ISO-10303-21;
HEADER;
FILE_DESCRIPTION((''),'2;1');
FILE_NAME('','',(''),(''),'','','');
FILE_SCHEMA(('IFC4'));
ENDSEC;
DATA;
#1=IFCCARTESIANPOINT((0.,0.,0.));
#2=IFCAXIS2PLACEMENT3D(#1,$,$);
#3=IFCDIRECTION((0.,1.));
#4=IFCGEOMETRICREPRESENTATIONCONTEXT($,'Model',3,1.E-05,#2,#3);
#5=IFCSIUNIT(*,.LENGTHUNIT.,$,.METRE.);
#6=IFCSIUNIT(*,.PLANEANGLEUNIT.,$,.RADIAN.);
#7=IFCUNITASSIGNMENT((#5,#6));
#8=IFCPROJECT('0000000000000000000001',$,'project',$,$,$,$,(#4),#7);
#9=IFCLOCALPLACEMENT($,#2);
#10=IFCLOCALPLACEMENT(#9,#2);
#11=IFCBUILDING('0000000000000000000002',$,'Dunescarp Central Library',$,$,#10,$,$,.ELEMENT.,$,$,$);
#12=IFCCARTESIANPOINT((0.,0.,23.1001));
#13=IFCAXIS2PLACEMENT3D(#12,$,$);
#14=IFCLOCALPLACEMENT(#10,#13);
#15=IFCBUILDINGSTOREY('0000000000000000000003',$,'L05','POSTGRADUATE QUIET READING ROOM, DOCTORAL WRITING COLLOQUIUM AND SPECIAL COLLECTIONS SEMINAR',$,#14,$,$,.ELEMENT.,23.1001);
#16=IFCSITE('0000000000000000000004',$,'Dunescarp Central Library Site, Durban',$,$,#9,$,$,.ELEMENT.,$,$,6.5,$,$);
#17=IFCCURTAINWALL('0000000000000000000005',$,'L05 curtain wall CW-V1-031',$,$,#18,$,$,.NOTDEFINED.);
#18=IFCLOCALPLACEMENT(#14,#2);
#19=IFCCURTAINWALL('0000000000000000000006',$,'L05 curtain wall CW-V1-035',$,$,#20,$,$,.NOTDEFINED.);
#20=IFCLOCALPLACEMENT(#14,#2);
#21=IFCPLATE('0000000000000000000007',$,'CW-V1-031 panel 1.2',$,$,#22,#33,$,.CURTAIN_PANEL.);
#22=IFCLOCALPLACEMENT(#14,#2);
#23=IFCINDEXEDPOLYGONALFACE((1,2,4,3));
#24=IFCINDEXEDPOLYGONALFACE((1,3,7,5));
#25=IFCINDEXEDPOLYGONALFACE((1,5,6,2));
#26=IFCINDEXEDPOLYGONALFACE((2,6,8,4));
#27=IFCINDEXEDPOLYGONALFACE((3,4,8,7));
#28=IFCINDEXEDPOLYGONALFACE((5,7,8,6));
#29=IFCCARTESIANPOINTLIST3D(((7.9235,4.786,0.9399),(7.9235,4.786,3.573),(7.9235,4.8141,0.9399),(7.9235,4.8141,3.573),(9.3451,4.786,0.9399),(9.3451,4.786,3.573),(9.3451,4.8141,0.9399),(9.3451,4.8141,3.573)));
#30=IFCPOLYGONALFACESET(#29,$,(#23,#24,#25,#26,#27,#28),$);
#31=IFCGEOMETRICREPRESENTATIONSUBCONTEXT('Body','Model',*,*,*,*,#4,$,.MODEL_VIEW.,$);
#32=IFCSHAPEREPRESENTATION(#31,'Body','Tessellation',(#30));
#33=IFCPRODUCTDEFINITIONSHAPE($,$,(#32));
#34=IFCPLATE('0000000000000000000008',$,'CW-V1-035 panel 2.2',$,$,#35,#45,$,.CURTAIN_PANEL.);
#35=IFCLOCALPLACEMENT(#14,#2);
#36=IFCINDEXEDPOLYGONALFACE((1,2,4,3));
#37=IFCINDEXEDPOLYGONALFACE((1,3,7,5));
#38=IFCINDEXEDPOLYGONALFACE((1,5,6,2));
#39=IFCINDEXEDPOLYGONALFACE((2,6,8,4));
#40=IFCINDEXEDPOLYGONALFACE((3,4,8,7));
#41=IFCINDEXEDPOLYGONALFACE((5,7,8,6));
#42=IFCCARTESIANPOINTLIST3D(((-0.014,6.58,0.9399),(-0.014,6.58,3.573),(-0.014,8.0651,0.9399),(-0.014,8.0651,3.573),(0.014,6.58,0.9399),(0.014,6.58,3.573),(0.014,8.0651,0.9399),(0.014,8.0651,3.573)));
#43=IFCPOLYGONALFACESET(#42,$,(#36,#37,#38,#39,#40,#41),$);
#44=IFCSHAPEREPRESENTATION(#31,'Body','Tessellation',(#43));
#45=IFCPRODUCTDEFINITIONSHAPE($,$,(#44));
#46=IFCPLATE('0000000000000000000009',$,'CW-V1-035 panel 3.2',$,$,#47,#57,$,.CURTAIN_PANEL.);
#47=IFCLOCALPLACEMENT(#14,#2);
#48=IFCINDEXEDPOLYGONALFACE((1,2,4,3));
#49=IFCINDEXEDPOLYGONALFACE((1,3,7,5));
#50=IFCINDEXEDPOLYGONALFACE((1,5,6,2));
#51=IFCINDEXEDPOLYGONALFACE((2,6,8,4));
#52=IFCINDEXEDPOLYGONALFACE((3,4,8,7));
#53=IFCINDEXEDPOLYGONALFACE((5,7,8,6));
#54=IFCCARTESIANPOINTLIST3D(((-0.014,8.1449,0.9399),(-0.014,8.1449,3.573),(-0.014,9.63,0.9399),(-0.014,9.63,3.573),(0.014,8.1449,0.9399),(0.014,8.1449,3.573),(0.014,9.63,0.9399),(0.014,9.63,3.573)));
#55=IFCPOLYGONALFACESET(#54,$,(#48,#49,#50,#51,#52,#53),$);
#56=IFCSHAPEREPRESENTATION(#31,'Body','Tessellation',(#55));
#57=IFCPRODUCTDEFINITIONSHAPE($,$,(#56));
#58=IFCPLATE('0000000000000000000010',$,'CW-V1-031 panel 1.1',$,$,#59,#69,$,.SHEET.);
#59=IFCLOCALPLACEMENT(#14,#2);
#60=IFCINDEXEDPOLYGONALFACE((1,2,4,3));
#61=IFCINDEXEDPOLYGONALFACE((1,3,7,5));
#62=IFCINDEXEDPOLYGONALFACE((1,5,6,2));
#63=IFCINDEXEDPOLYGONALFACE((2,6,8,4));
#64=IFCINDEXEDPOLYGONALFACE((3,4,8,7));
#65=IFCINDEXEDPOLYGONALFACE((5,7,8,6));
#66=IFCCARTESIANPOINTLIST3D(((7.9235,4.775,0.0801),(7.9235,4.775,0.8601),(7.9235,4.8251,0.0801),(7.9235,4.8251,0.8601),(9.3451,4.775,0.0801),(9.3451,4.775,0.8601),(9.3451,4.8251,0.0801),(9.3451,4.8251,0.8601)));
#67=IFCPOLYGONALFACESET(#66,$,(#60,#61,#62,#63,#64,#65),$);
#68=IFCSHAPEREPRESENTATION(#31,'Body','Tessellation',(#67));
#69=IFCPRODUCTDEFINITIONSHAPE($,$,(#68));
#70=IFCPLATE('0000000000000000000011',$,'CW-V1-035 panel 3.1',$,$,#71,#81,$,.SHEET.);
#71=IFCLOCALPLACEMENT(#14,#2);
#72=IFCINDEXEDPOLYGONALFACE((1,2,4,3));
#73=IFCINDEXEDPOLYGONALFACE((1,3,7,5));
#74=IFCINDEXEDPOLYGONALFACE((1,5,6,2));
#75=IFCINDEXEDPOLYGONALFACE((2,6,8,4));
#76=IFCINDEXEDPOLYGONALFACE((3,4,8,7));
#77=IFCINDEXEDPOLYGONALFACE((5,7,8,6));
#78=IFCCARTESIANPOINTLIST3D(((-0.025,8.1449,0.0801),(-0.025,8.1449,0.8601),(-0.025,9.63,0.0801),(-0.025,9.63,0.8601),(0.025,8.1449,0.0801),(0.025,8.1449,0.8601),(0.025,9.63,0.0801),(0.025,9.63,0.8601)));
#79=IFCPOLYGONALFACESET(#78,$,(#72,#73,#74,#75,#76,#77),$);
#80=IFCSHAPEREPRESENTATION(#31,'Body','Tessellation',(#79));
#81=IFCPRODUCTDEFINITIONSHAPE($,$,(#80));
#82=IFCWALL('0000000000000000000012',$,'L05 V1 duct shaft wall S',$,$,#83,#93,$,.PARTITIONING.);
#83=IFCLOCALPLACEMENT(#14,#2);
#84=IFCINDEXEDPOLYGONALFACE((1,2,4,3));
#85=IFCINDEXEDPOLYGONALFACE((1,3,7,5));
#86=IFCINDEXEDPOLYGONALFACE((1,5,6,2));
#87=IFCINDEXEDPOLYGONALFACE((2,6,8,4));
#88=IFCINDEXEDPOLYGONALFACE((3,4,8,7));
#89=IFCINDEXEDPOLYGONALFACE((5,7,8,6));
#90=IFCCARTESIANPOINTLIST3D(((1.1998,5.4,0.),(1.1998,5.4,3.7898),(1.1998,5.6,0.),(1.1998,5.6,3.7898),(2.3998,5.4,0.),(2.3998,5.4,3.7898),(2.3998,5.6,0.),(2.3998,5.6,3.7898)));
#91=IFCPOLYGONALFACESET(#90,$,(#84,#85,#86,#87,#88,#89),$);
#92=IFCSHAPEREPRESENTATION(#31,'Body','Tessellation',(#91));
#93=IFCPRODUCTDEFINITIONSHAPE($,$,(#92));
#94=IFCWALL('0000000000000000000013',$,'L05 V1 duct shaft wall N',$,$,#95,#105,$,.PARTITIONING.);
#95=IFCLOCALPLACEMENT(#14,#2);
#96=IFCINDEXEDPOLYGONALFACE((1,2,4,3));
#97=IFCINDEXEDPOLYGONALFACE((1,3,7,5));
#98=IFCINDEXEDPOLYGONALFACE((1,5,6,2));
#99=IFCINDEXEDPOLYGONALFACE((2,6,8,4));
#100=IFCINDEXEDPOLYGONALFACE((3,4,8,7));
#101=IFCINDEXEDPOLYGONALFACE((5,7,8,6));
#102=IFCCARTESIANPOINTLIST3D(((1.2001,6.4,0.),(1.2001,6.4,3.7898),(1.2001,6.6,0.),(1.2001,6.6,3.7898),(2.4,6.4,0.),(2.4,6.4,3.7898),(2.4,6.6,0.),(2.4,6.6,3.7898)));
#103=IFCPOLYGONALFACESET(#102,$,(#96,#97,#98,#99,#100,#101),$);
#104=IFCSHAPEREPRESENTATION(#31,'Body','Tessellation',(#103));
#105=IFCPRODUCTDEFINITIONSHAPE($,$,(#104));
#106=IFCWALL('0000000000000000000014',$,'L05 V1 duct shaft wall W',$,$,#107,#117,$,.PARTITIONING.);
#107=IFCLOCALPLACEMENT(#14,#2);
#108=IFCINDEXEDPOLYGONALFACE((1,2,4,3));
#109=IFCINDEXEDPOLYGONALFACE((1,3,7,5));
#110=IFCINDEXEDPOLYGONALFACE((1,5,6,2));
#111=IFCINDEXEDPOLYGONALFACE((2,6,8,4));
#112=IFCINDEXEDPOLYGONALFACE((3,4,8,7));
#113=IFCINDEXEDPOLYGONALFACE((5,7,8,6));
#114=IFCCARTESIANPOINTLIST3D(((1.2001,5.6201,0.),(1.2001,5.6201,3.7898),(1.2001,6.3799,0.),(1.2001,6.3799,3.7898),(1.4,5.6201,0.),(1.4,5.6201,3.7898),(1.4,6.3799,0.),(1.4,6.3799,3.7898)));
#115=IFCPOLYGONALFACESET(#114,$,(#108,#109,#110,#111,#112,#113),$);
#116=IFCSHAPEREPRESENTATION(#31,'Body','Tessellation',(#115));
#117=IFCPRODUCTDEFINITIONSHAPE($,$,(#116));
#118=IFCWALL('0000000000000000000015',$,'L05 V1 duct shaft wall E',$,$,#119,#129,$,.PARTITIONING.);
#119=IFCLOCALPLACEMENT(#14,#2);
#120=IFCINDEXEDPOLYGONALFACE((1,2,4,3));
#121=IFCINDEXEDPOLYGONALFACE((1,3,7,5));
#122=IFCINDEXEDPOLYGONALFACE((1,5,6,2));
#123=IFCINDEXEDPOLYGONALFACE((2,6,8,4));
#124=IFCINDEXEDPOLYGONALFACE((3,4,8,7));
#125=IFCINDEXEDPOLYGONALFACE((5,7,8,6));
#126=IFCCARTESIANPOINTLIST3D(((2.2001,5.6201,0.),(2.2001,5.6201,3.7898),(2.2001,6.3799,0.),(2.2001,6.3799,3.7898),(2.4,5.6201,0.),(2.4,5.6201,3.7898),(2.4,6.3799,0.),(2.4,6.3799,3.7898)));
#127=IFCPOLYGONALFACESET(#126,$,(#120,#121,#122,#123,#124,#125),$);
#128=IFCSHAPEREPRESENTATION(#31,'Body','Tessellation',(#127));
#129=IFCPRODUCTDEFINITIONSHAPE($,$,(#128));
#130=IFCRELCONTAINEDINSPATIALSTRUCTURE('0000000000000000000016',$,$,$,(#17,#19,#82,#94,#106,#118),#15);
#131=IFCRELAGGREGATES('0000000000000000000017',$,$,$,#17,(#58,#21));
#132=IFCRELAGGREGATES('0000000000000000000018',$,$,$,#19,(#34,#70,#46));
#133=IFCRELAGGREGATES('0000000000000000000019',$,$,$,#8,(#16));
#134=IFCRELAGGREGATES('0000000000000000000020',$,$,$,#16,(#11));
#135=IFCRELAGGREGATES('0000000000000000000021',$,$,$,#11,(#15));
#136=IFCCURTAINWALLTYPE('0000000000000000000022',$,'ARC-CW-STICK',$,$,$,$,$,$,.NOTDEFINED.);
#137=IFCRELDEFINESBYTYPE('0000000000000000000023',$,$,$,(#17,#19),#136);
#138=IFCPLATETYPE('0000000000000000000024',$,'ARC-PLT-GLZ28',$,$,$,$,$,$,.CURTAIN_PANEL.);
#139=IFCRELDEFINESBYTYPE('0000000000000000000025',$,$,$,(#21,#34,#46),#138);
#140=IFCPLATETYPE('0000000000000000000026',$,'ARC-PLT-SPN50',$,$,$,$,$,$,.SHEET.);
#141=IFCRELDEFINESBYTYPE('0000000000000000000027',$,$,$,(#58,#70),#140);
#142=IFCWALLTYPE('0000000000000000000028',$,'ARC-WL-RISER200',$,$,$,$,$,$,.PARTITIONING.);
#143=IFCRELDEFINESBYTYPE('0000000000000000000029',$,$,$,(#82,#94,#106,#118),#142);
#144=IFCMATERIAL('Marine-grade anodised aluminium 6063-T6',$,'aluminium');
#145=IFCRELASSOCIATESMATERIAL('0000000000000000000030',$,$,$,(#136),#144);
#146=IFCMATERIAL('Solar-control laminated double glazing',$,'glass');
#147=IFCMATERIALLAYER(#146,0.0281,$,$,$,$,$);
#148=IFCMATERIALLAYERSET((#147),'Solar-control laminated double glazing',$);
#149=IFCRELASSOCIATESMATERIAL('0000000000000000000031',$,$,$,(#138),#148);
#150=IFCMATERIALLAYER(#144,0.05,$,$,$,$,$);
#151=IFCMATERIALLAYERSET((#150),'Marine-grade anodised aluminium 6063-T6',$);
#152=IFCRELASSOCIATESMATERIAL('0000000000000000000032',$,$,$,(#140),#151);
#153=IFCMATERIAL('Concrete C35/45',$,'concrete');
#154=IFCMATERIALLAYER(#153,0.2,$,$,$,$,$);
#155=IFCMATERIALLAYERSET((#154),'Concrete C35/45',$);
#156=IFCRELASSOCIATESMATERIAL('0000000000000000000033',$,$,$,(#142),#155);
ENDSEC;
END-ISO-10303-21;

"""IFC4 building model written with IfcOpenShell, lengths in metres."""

from ifc_helpers import new_model, si_unit, direction, frame, frame_2d, origin, origin_2d, place, context, subcontext, project, spatial, rectangle, extrude, material, layer, layer_set, type_object, element, aggregate, save


model = new_model("IFC4")

# Units and contexts
model_context = context("Model", 3, precision=1e-05, world=origin(), true_north=direction((0.0, 1.0)))
body_context = subcontext(model_context, "Body", "Model", "MODEL_VIEW")
ifc_project = project(units=[si_unit("LENGTHUNIT", "METRE"), si_unit("PLANEANGLEUNIT", "RADIAN")], contexts=[model_context])

# Site, building, storey
site_placement = place(None, origin())
site = spatial("IfcSite", under=ifc_project, at=site_placement, Name="Dunescarp Central Library Site, Durban", CompositionType="ELEMENT", RefElevation=6.5)
building_placement = place(site_placement, origin())
building = spatial("IfcBuilding", under=site, at=building_placement, Name="Dunescarp Central Library", CompositionType="ELEMENT")
storey_placement = place(building_placement, frame((0.0, 0.0, 23.1001)))
storey = spatial("IfcBuildingStorey", under=building, at=storey_placement, Name="L05", Description="POSTGRADUATE QUIET READING ROOM, DOCTORAL WRITING COLLOQUIUM AND SPECIAL COLLECTIONS SEMINAR", CompositionType="ELEMENT", Elevation=23.1001)

# Curtain walls
ifc_material_1 = material(Name="Marine-grade anodised aluminium 6063-T6", Category="aluminium")
curtain_wall_type = type_object("IfcCurtainWallType", Name="ARC-CW-STICK", PredefinedType="NOTDEFINED", material=ifc_material_1)
curtain_wall_1_placement = place(storey_placement, origin())
curtain_wall_1 = element("IfcCurtainWall", 1, at=curtain_wall_1_placement, inside=storey, type_object=curtain_wall_type, Name="L05 curtain wall CW-V1-031", PredefinedType="NOTDEFINED")
curtain_wall_2_placement = place(storey_placement, origin())
curtain_wall_2 = element("IfcCurtainWall", 2, at=curtain_wall_2_placement, inside=storey, type_object=curtain_wall_type, Name="L05 curtain wall CW-V1-035", PredefinedType="NOTDEFINED")

# Plates
ifc_material_2 = material(Name="Solar-control laminated double glazing", Category="glass")
ifc_layer_1 = layer(ifc_material_2, 0.0281)
ifc_layer_set_1 = layer_set([ifc_layer_1], Name="Solar-control laminated double glazing")
plate_type_1 = type_object("IfcPlateType", Name="ARC-PLT-GLZ28", PredefinedType="CURTAIN_PANEL", material=ifc_layer_set_1)
plate_1_placement = place(storey_placement, frame((8.6343, 4.8, 0.9399), z_axis=(0.0, 0.0, 1.0), x_axis=(-1.0, 0.0, 0.0)))
plate_1 = element("IfcPlate", 3, at=plate_1_placement, type_object=plate_type_1, Name="CW-V1-031 panel 1.2", PredefinedType="CURTAIN_PANEL", context=body_context, shape_type="SweptSolid", body=[
    extrude(rectangle(XDim=1.4216, YDim=0.0281, at=origin_2d()), origin(), (0.0, 0.0, 1.0), 2.6331),
])
plate_2_placement = place(storey_placement, frame((0.0, 7.3225, 0.9399), z_axis=(0.0, 0.0, 1.0), x_axis=(0.0, 1.0, 0.0)))
plate_2 = element("IfcPlate", 4, at=plate_2_placement, type_object=plate_type_1, Name="CW-V1-035 panel 2.2", PredefinedType="CURTAIN_PANEL", context=body_context, shape_type="SweptSolid", body=[
    extrude(rectangle(XDim=1.4851, YDim=0.0281, at=origin_2d()), origin(), (0.0, 0.0, 1.0), 2.6331),
])
plate_3_placement = place(storey_placement, frame((0.0, 8.8875, 0.9399), z_axis=(0.0, 0.0, 1.0), x_axis=(0.0, 1.0, 0.0)))
plate_3 = element("IfcPlate", 5, at=plate_3_placement, type_object=plate_type_1, Name="CW-V1-035 panel 3.2", PredefinedType="CURTAIN_PANEL", context=body_context, shape_type="SweptSolid", body=[
    extrude(rectangle(XDim=1.4851, YDim=0.0281, at=origin_2d()), origin(), (0.0, 0.0, 1.0), 2.6331),
])
ifc_layer_2 = layer(ifc_material_1, 0.05)
ifc_layer_set_2 = layer_set([ifc_layer_2], Name="Marine-grade anodised aluminium 6063-T6")
plate_type_2 = type_object("IfcPlateType", Name="ARC-PLT-SPN50", PredefinedType="SHEET", material=ifc_layer_set_2)
plate_4_placement = place(storey_placement, frame((8.6343, 4.8, 0.0801), z_axis=(0.0, 0.0, 1.0), x_axis=(-1.0, 0.0, 0.0)))
plate_4 = element("IfcPlate", 6, at=plate_4_placement, type_object=plate_type_2, Name="CW-V1-031 panel 1.1", PredefinedType="SHEET", context=body_context, shape_type="SweptSolid", body=[
    extrude(rectangle(XDim=1.4216, YDim=0.05, at=origin_2d()), origin(), (0.0, 0.0, 1.0), 0.78),
])
aggregate(curtain_wall_1, [plate_4, plate_1])
plate_5_placement = place(storey_placement, frame((0.0, 8.8875, 0.0801), z_axis=(0.0, 0.0, 1.0), x_axis=(0.0, 1.0, 0.0)))
plate_5 = element("IfcPlate", 7, at=plate_5_placement, type_object=plate_type_2, Name="CW-V1-035 panel 3.1", PredefinedType="SHEET", context=body_context, shape_type="SweptSolid", body=[
    extrude(rectangle(XDim=1.4851, YDim=0.05, at=origin_2d()), origin(), (0.0, 0.0, 1.0), 0.78),
])
aggregate(curtain_wall_2, [plate_2, plate_5, plate_3])

# Walls
ifc_material_3 = material(Name="Concrete C35/45", Category="concrete")
ifc_layer_3 = layer(ifc_material_3, 0.2)
ifc_layer_set_3 = layer_set([ifc_layer_3], Name="Concrete C35/45")
wall_type = type_object("IfcWallType", Name="ARC-WL-RISER200", PredefinedType="PARTITIONING", material=ifc_layer_set_3)
for number, where, z_axis, x_axis, name in (
    (8, (2.3999, 5.5, 0.0), (0.0, 0.0, 1.0), (-1.0, 0.0, 0.0), "L05 V1 duct shaft wall S"),
    (9, (1.2, 6.5, 0.0), (0.0, 0.0, 1.0), (1.0, 0.0, 0.0), "L05 V1 duct shaft wall N"),
):
    element("IfcWall", number, at=place(storey_placement, frame(where, z_axis=z_axis, x_axis=x_axis)), inside=storey, type_object=wall_type, Name=name, PredefinedType="PARTITIONING", context=body_context, shape_type="SweptSolid", body=[
        extrude(rectangle(XDim=1.2, YDim=0.2, at=frame_2d((0.6001, 0.0))), origin(), (0.0, 0.0, 1.0), 3.7898),
    ])
for number, where, z_axis, x_axis, name in (
    (10, (1.3, 5.6201, 0.0), (0.0, 0.0, 1.0), (0.0, 1.0, 0.0), "L05 V1 duct shaft wall W"),
    (11, (2.3, 6.3799, 0.0), (0.0, 0.0, 1.0), (0.0, -1.0, 0.0), "L05 V1 duct shaft wall E"),
):
    element("IfcWall", number, at=place(storey_placement, frame(where, z_axis=z_axis, x_axis=x_axis)), inside=storey, type_object=wall_type, Name=name, PredefinedType="PARTITIONING", context=body_context, shape_type="SweptSolid", body=[
        extrude(rectangle(XDim=0.7598, YDim=0.2, at=frame_2d((0.3799, 0.0))), origin(), (0.0, 0.0, 1.0), 3.7898),
    ])

save(model, "model.ifc")
